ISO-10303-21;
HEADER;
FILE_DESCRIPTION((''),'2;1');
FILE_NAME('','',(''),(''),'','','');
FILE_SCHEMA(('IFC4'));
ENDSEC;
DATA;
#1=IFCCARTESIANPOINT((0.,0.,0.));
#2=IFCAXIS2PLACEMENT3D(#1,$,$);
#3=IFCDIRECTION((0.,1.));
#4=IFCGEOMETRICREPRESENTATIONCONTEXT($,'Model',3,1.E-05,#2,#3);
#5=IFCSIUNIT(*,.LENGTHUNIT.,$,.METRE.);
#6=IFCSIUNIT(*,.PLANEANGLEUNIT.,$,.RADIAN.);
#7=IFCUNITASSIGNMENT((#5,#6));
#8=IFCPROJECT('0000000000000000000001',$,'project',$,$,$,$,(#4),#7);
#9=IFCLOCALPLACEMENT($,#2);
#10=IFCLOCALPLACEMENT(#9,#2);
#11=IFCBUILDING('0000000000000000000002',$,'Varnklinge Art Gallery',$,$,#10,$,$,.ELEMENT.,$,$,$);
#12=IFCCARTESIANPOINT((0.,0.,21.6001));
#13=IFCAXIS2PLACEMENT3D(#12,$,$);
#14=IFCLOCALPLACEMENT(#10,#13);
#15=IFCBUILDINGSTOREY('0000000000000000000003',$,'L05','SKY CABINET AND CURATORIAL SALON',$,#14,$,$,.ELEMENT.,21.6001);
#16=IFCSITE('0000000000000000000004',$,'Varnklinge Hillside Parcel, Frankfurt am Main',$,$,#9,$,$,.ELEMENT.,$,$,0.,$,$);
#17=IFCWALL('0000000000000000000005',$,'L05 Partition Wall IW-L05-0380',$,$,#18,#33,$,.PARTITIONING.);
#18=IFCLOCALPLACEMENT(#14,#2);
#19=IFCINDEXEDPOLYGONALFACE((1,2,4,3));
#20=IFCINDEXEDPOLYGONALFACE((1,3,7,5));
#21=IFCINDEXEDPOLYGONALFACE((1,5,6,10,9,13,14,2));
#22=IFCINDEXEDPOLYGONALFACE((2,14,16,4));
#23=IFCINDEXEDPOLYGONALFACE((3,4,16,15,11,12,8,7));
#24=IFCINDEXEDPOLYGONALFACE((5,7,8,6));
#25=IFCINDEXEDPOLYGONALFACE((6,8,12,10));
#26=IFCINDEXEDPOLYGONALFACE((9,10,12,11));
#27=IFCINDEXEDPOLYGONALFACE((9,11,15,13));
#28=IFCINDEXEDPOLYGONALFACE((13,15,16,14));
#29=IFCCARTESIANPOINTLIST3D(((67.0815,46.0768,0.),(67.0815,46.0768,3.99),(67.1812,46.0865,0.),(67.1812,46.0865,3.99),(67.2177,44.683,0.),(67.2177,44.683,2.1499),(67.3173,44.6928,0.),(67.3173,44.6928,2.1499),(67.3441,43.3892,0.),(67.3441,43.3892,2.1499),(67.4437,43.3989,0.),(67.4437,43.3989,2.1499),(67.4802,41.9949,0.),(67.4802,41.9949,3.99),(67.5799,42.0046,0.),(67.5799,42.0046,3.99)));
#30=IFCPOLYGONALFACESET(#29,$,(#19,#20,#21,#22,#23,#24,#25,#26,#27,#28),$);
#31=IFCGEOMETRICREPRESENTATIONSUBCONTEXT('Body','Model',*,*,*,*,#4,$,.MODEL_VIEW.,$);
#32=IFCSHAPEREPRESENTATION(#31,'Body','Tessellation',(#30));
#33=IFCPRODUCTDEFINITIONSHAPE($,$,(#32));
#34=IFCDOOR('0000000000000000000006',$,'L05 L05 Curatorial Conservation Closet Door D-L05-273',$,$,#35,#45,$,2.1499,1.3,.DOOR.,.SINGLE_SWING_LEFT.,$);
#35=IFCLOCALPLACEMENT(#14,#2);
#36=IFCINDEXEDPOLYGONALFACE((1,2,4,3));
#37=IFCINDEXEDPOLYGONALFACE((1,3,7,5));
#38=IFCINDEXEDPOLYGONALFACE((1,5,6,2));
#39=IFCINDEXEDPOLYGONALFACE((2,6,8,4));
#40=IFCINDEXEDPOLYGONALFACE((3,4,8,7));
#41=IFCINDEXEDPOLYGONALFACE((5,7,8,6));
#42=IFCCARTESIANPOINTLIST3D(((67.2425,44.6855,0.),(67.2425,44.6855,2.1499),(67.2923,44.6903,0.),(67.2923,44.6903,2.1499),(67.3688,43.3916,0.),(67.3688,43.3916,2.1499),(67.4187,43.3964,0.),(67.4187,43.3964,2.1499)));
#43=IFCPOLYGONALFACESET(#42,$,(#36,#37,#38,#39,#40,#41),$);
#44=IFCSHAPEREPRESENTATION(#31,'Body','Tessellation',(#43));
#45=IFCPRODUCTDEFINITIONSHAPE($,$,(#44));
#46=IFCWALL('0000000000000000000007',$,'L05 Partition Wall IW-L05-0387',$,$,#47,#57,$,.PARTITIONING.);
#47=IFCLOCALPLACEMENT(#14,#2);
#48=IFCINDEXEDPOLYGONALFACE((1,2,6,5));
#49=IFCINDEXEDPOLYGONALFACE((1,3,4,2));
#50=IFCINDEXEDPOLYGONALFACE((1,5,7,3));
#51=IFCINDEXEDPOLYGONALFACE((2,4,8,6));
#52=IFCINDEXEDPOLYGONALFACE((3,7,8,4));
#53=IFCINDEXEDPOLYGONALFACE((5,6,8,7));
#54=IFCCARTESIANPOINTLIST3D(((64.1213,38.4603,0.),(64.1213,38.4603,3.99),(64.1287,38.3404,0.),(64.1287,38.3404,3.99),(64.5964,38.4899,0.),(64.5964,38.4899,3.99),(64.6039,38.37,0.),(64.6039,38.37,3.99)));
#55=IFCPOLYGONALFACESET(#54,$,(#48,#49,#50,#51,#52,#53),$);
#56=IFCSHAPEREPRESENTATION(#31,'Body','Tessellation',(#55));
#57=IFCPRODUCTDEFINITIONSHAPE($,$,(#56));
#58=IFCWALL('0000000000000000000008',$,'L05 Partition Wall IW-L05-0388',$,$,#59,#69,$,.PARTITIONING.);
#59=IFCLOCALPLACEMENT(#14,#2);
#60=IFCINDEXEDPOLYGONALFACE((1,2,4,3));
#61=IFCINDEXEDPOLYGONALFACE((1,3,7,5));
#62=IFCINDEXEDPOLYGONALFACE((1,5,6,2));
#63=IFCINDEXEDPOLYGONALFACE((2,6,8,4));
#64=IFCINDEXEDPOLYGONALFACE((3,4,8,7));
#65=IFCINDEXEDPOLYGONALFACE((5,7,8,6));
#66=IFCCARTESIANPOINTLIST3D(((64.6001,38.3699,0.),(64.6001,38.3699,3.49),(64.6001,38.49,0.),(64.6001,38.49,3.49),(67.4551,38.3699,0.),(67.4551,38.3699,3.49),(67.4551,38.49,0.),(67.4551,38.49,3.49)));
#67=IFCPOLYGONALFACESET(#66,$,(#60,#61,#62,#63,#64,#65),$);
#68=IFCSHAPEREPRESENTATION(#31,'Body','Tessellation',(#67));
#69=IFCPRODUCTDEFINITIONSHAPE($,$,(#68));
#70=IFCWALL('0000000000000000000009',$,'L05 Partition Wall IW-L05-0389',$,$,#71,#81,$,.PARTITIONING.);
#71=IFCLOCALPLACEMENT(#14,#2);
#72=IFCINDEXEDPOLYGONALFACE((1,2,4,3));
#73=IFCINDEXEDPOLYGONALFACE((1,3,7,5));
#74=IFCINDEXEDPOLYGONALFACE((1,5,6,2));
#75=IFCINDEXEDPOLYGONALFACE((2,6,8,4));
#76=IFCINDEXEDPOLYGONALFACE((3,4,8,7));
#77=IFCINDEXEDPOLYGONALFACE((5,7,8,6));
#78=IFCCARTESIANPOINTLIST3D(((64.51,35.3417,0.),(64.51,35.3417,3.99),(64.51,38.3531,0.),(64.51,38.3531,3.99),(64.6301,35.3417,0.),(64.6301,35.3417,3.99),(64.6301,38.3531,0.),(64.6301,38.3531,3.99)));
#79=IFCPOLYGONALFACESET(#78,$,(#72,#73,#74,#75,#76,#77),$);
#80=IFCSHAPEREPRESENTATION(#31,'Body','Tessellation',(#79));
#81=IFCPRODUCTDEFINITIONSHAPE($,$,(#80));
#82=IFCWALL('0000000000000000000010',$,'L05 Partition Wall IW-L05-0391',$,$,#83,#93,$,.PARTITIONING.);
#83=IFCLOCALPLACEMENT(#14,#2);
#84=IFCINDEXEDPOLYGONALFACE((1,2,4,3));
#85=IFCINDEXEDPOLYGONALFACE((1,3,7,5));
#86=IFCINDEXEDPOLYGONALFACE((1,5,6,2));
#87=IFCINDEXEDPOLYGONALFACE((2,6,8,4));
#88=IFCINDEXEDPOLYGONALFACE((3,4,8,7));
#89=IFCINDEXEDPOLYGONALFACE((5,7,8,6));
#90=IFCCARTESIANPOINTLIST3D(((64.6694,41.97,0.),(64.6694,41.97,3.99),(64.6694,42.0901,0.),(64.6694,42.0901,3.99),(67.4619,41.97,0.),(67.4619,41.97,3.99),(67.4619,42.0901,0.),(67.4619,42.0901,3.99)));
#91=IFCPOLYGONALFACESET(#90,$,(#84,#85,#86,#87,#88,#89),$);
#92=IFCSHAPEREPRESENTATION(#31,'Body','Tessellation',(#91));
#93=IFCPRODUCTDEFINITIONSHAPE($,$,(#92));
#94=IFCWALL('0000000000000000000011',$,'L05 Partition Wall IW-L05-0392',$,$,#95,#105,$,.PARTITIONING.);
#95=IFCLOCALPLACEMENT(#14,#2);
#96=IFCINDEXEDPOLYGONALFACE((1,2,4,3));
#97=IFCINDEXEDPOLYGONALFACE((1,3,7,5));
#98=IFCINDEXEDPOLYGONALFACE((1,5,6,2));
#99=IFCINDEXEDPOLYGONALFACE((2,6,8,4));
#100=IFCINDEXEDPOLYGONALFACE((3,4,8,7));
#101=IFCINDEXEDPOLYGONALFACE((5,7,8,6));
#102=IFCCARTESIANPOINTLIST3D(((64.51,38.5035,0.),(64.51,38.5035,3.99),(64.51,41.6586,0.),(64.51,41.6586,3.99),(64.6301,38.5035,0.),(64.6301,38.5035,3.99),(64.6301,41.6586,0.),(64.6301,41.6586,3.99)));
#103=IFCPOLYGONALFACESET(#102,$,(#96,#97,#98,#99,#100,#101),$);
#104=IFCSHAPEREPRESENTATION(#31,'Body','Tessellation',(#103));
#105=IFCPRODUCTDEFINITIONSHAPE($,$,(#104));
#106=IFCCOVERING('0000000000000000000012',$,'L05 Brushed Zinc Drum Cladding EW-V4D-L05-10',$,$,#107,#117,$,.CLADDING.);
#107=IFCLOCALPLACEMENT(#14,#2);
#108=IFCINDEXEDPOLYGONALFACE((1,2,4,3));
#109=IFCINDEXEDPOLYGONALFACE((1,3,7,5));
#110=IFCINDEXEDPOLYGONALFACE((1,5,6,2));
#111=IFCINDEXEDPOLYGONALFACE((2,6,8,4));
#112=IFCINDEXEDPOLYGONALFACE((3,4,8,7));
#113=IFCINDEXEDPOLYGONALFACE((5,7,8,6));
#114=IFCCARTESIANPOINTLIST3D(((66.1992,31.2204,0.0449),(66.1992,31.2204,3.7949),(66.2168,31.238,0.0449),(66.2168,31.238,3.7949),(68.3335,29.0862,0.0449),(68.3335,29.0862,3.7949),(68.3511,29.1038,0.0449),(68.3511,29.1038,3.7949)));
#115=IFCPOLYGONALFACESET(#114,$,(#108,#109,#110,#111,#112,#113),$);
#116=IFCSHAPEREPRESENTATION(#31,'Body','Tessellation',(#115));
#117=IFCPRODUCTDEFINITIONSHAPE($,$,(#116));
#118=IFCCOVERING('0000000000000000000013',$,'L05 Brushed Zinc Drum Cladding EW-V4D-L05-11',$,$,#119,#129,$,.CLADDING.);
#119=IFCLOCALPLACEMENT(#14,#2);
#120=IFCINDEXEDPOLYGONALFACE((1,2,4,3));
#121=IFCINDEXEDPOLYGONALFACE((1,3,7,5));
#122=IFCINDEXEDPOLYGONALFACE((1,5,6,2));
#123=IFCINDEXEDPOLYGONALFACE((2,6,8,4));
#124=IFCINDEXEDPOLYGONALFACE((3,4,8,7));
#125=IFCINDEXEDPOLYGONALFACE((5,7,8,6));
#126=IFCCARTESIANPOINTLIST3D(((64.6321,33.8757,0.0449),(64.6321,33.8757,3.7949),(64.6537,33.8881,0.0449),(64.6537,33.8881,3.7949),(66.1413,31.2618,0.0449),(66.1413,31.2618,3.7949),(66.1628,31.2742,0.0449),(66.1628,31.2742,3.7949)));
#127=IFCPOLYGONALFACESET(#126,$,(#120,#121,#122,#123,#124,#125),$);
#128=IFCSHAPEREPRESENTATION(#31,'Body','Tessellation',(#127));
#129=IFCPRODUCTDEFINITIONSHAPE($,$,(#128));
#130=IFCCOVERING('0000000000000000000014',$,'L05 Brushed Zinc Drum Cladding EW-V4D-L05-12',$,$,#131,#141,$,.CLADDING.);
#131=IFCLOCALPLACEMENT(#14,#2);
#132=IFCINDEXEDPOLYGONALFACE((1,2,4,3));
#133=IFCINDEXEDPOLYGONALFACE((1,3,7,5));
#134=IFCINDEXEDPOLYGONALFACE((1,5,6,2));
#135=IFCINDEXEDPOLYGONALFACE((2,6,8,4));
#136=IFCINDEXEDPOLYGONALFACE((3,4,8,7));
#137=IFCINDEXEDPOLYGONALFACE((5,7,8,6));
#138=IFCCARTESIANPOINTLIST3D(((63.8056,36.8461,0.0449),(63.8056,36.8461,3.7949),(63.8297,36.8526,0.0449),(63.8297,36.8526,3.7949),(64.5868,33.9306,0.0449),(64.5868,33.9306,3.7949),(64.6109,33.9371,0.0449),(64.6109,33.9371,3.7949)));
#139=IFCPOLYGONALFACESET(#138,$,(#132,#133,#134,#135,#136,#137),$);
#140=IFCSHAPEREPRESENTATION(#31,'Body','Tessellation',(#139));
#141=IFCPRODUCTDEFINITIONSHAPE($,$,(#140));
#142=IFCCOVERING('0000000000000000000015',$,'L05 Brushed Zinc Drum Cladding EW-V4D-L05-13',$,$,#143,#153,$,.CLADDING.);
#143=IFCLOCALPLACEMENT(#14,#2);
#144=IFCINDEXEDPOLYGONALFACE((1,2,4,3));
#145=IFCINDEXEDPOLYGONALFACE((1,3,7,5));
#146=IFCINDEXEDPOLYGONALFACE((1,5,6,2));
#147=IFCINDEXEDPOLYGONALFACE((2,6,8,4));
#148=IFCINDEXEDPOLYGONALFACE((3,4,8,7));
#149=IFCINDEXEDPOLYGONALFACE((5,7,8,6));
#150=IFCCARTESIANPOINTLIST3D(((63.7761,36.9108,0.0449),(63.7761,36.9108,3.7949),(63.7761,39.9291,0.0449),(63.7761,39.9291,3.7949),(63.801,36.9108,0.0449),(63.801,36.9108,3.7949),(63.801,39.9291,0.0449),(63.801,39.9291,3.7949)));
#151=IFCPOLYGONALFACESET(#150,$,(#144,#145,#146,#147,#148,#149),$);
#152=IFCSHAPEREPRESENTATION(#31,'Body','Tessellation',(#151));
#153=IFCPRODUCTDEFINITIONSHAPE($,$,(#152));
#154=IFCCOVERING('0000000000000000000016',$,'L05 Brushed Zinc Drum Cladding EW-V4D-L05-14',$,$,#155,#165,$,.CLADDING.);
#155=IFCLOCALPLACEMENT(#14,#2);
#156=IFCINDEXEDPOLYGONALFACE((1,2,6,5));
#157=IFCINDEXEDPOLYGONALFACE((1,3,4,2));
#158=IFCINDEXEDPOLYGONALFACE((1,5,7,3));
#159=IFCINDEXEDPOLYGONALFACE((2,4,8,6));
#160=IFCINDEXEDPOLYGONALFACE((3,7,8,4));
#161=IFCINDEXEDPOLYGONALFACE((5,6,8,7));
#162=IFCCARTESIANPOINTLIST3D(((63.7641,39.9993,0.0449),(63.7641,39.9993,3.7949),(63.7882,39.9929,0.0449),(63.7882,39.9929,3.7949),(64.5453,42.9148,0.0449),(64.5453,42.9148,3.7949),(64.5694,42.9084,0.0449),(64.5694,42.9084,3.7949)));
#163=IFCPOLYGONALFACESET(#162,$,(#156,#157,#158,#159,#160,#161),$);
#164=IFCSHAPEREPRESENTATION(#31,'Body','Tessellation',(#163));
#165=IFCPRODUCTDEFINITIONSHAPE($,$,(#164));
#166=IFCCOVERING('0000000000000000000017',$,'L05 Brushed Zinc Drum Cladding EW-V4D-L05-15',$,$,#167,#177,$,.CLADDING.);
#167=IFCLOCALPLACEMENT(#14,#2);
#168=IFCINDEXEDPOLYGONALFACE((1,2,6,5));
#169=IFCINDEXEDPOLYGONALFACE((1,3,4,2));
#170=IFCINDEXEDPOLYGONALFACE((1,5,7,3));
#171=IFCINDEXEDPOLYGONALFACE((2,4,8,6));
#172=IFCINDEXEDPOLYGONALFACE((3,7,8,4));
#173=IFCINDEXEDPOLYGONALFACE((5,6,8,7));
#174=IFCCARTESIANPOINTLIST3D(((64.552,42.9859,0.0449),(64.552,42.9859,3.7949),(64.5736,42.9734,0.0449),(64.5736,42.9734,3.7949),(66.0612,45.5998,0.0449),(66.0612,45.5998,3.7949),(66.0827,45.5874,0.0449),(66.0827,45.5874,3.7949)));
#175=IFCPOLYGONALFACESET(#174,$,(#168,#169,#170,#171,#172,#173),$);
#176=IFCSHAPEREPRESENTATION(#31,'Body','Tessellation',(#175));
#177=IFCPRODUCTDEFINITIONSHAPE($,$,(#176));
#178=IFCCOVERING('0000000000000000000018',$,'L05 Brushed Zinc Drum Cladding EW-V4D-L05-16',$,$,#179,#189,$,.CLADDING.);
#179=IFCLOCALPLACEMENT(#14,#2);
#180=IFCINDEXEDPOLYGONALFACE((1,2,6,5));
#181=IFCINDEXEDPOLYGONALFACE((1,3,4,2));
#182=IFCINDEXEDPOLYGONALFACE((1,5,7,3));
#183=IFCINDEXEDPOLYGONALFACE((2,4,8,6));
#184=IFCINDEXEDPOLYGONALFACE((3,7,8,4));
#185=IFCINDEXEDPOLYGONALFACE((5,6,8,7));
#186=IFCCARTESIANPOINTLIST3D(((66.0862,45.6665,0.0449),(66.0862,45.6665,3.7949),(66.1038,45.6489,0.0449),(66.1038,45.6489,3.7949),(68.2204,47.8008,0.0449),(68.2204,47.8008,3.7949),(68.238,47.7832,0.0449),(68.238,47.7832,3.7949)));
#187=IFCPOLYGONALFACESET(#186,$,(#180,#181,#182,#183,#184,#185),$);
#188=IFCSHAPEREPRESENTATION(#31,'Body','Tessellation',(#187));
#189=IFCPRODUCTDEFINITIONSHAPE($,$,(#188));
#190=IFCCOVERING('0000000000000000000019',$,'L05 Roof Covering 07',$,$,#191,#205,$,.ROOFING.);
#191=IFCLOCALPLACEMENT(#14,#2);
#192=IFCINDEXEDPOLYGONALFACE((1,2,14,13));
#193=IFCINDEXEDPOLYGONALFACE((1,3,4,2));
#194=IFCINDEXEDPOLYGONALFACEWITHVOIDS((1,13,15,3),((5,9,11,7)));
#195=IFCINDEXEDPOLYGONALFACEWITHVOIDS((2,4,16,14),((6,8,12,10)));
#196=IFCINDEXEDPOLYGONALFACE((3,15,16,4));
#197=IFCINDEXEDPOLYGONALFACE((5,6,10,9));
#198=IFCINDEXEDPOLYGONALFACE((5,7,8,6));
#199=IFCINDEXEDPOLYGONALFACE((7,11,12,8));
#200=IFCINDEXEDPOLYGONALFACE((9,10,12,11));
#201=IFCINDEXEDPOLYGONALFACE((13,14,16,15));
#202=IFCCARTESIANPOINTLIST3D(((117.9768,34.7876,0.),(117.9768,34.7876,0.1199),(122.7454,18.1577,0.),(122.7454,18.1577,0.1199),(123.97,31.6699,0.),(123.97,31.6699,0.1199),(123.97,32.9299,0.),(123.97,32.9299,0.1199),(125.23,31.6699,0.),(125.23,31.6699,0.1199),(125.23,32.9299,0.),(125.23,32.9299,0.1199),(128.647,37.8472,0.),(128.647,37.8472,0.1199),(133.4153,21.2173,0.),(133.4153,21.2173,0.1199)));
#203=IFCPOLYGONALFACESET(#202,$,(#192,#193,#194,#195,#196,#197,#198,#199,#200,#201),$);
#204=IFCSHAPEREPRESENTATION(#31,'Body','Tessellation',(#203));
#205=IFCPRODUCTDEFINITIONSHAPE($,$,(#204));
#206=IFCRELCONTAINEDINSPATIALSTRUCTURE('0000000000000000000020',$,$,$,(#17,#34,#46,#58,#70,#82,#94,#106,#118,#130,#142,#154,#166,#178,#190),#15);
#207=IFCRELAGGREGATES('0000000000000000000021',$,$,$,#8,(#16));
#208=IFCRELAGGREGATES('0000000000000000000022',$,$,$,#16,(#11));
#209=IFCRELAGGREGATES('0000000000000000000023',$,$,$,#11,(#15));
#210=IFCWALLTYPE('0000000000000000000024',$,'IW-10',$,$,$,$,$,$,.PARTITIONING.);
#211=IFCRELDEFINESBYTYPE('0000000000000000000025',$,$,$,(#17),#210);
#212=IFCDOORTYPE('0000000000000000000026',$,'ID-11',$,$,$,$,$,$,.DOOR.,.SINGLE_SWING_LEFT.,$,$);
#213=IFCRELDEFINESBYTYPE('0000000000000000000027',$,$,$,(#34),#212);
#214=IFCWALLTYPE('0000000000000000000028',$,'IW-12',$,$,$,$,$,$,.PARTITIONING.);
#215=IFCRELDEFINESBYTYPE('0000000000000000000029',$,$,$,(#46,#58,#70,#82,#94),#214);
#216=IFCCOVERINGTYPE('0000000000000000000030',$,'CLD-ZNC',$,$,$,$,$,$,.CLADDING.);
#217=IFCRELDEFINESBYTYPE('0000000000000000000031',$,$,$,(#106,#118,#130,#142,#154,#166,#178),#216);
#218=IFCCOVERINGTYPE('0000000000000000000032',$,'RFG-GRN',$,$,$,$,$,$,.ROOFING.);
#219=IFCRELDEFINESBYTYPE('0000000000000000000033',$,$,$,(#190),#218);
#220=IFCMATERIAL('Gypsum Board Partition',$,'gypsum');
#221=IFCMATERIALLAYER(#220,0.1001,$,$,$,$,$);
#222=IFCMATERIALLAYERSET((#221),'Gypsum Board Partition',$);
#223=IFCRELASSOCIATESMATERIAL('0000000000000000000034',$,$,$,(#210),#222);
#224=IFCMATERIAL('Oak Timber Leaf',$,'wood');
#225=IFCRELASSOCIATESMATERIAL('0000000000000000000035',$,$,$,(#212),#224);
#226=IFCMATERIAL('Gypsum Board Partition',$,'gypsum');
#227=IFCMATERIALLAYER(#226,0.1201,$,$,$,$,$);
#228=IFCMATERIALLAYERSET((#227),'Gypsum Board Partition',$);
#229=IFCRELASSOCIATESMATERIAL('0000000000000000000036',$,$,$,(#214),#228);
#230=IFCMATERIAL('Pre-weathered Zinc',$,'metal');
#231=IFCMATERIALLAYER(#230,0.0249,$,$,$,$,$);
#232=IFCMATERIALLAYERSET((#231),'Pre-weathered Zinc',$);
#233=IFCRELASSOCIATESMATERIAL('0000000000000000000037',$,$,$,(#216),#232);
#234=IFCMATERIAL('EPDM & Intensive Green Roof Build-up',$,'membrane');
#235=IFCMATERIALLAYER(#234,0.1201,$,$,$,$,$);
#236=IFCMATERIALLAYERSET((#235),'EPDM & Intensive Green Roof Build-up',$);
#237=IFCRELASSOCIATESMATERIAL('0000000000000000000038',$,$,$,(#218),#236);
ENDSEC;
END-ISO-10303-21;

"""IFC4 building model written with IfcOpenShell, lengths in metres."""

from ifc_helpers import new_model, si_unit, direction, frame, frame_2d, origin, origin_2d, place, context, subcontext, project, spatial, polyline, rectangle, outline, extrude, material, layer, layer_set, type_object, element, fill, save


model = new_model("IFC4")

# Units and contexts
model_context = context("Model", 3, precision=1e-05, world=origin(), true_north=direction((0.0, 1.0)))
body_context = subcontext(model_context, "Body", "Model", "MODEL_VIEW")
ifc_project = project(units=[si_unit("LENGTHUNIT", "METRE"), si_unit("PLANEANGLEUNIT", "RADIAN")], contexts=[model_context])

# Site, building, storey
site_placement = place(None, origin())
site = spatial("IfcSite", under=ifc_project, at=site_placement, Name="Varnklinge Hillside Parcel, Frankfurt am Main", CompositionType="ELEMENT", RefElevation=0.0)
building_placement = place(site_placement, origin())
building = spatial("IfcBuilding", under=site, at=building_placement, Name="Varnklinge Art Gallery", CompositionType="ELEMENT")
storey_placement = place(building_placement, frame((0.0, 0.0, 21.6001)))
storey = spatial("IfcBuildingStorey", under=building, at=storey_placement, Name="L05", Description="SKY CABINET AND CURATORIAL SALON", CompositionType="ELEMENT", Elevation=21.6001)

# Shared definitions
ifc_material_1 = material(Name="Gypsum Board Partition", Category="gypsum")
ifc_layer_1 = layer(ifc_material_1, 0.1001)
ifc_layer_set_1 = layer_set([ifc_layer_1], Name="Gypsum Board Partition")
wall_type_1 = type_object("IfcWallType", Name="IW-10", PredefinedType="PARTITIONING", material=ifc_layer_set_1)

# Wall, opening, door
wall_1_placement = place(storey_placement, frame((67.1313, 46.0818, 0.0), z_axis=(0.0, 0.0, 1.0), x_axis=(0.097211, -0.995264, 0.0)))
wall_1 = element("IfcWall", 1, at=wall_1_placement, inside=storey, type_object=wall_type_1, Name="L05 Partition Wall IW-L05-0380", PredefinedType="PARTITIONING", context=body_context, shape_type="SweptSolid", body=[
    extrude(rectangle(XDim=4.1013, YDim=0.1001, at=frame_2d((2.0508, 0.0))), origin(), (0.0, 0.0, 1.0), 3.99),
])
opening_1_placement = place(wall_1_placement, frame((1.4006, 0.0, 0.0)))
opening_1 = element("IfcOpeningElement", 2, at=opening_1_placement, cuts=wall_1, PredefinedType="OPENING", context=body_context, shape_type="SweptSolid", body=[
    extrude(rectangle(XDim=1.3, YDim=2.1499, at=frame_2d((0.6499, 1.075))), frame((0.0, 0.0601, 0.0), z_axis=(0.0, -1.0, 0.0), x_axis=(1.0, 0.0, 0.0)), (0.0, 0.0, 1.0), 0.1201),
])
ifc_material_2 = material(Name="Oak Timber Leaf", Category="wood")
door_type_1 = type_object("IfcDoorType", Name="ID-11", OperationType="SINGLE_SWING_LEFT", PredefinedType="DOOR", material=ifc_material_2)
door_1_placement = place(opening_1_placement, origin())
door_1 = element("IfcDoor", 3, at=door_1_placement, inside=storey, type_object=door_type_1, Name="L05 L05 Curatorial Conservation Closet Door D-L05-273", OperationType="SINGLE_SWING_LEFT", OverallHeight=2.1499, OverallWidth=1.3, PredefinedType="DOOR", context=body_context, shape_type="SweptSolid", body=[
    extrude(rectangle(XDim=1.3, YDim=2.1499, at=frame_2d((0.6499, 1.075))), frame((0.0, 0.0249, 0.0), z_axis=(0.0, -1.0, 0.0), x_axis=(1.0, 0.0, 0.0)), (0.0, 0.0, 1.0), 0.05),
])
fill(opening_1, door_1)

# Walls
ifc_material_3 = material(Name="Gypsum Board Partition", Category="gypsum")
ifc_layer_2 = layer(ifc_material_3, 0.1201)
ifc_layer_set_2 = layer_set([ifc_layer_2], Name="Gypsum Board Partition")
wall_type_2 = type_object("IfcWallType", Name="IW-12", PredefinedType="PARTITIONING", material=ifc_layer_set_2)
wall_2_placement = place(storey_placement, frame((64.125, 38.4004, 0.0), z_axis=(0.0, 0.0, 1.0), x_axis=(0.998072, 0.062059, 0.0)))
element("IfcWall", 4, at=wall_2_placement, inside=storey, type_object=wall_type_2, Name="L05 Partition Wall IW-L05-0387", PredefinedType="PARTITIONING", context=body_context, shape_type="SweptSolid", body=[
    extrude(rectangle(XDim=0.4761, YDim=0.1201, at=frame_2d((0.238, 0.0))), origin(), (0.0, 0.0, 1.0), 3.99),
])
wall_3_placement = place(storey_placement, frame((64.6001, 38.4299, 0.0), z_axis=(0.0, 0.0, 1.0), x_axis=(1.0, 0.0, 0.0)))
element("IfcWall", 5, at=wall_3_placement, inside=storey, type_object=wall_type_2, Name="L05 Partition Wall IW-L05-0388", PredefinedType="PARTITIONING", context=body_context, shape_type="SweptSolid", body=[
    extrude(rectangle(XDim=2.855, YDim=0.1201, at=frame_2d((1.4275, 0.0))), origin(), (0.0, 0.0, 1.0), 3.49),
])
wall_4_placement = place(storey_placement, frame((64.5701, 35.3416, 0.0), z_axis=(0.0, 0.0, 1.0), x_axis=(0.0, 1.0, 0.0)))
element("IfcWall", 6, at=wall_4_placement, inside=storey, type_object=wall_type_2, Name="L05 Partition Wall IW-L05-0389", PredefinedType="PARTITIONING", context=body_context, shape_type="SweptSolid", body=[
    extrude(rectangle(XDim=3.0115, YDim=0.1201, at=frame_2d((1.5059, 0.0))), origin(), (0.0, 0.0, 1.0), 3.99),
])
wall_5_placement = place(storey_placement, frame((64.6694, 42.03, 0.0), z_axis=(0.0, 0.0, 1.0), x_axis=(1.0, 0.0, 0.0)))
element("IfcWall", 7, at=wall_5_placement, inside=storey, type_object=wall_type_2, Name="L05 Partition Wall IW-L05-0391", PredefinedType="PARTITIONING", context=body_context, shape_type="SweptSolid", body=[
    extrude(rectangle(XDim=2.7925, YDim=0.1201, at=frame_2d((1.3962, 0.0))), origin(), (0.0, 0.0, 1.0), 3.99),
])
wall_6_placement = place(storey_placement, frame((64.5701, 38.5034, 0.0), z_axis=(0.0, 0.0, 1.0), x_axis=(0.0, 1.0, 0.0)))
element("IfcWall", 8, at=wall_6_placement, inside=storey, type_object=wall_type_2, Name="L05 Partition Wall IW-L05-0392", PredefinedType="PARTITIONING", context=body_context, shape_type="SweptSolid", body=[
    extrude(rectangle(XDim=3.155, YDim=0.1201, at=frame_2d((1.5776, 0.0))), origin(), (0.0, 0.0, 1.0), 3.99),
])

# Coverings
ifc_material_4 = material(Name="Pre-weathered Zinc", Category="metal")
ifc_layer_3 = layer(ifc_material_4, 0.0249)
ifc_layer_set_3 = layer_set([ifc_layer_3], Name="Pre-weathered Zinc")
covering_type_1 = type_object("IfcCoveringType", Name="CLD-ZNC", PredefinedType="CLADDING", material=ifc_layer_set_3)
for number, where, z_axis, x_axis, name in (
    (9, (67.2751, 30.1621, 0.0449), (0.0, 0.0, 1.0), (-0.707107, 0.707107, 0.0), "L05 Brushed Zinc Drum Cladding EW-V4D-L05-10"),
    (10, (65.3975, 32.575, 0.0449), (0.0, 0.0, 1.0), (-0.5, 0.866025, 0.0), "L05 Brushed Zinc Drum Cladding EW-V4D-L05-11"),
    (11, (64.2083, 35.3916, 0.0449), (0.0, 0.0, 1.0), (-0.258819, 0.965926, 0.0), "L05 Brushed Zinc Drum Cladding EW-V4D-L05-12"),
    (12, (63.7886, 38.4199, 0.0449), (0.0, 0.0, 1.0), (0.0, 1.0, 0.0), "L05 Brushed Zinc Drum Cladding EW-V4D-L05-13"),
    (13, (64.1667, 41.4539, 0.0449), (0.0, 0.0, 1.0), (0.258819, 0.965926, 0.0), "L05 Brushed Zinc Drum Cladding EW-V4D-L05-14"),
    (14, (65.3174, 44.2866, 0.0449), (0.0, 0.0, 1.0), (0.5, 0.866025, 0.0), "L05 Brushed Zinc Drum Cladding EW-V4D-L05-15"),
    (15, (67.1621, 46.7249, 0.0449), (0.0, 0.0, 1.0), (0.707107, 0.707107, 0.0), "L05 Brushed Zinc Drum Cladding EW-V4D-L05-16"),
):
    element("IfcCovering", number, at=place(storey_placement, frame(where, z_axis=z_axis, x_axis=x_axis)), inside=storey, type_object=covering_type_1, Name=name, PredefinedType="CLADDING", context=body_context, shape_type="SweptSolid", body=[
        extrude(rectangle(XDim=3.0183, YDim=0.0249, at=origin_2d()), origin(), (0.0, 0.0, 1.0), 3.75),
    ])
ifc_material_5 = material(Name="EPDM & Intensive Green Roof Build-up", Category="membrane")
ifc_layer_4 = layer(ifc_material_5, 0.1201)
ifc_layer_set_4 = layer_set([ifc_layer_4], Name="EPDM & Intensive Green Roof Build-up")
covering_type_2 = type_object("IfcCoveringType", Name="RFG-GRN", PredefinedType="ROOFING", material=ifc_layer_set_4)
covering_placement = place(storey_placement, origin())
element("IfcCovering", 16, at=covering_placement, inside=storey, type_object=covering_type_2, Name="L05 Roof Covering 07", PredefinedType="ROOFING", context=body_context, shape_type="SweptSolid", body=[
    extrude(outline(polyline([(133.4153, 21.2173), (128.647, 37.8472), (117.9768, 34.7876), (122.7454, 18.1577), (133.4153, 21.2173)]), holes=[polyline([(125.23, 31.6699), (125.23, 32.9299), (123.97, 32.9299), (123.97, 31.6699), (125.23, 31.6699)])]), origin(), (0.0, 0.0, 1.0), 0.1199),
])

save(model, "model.ifc")
